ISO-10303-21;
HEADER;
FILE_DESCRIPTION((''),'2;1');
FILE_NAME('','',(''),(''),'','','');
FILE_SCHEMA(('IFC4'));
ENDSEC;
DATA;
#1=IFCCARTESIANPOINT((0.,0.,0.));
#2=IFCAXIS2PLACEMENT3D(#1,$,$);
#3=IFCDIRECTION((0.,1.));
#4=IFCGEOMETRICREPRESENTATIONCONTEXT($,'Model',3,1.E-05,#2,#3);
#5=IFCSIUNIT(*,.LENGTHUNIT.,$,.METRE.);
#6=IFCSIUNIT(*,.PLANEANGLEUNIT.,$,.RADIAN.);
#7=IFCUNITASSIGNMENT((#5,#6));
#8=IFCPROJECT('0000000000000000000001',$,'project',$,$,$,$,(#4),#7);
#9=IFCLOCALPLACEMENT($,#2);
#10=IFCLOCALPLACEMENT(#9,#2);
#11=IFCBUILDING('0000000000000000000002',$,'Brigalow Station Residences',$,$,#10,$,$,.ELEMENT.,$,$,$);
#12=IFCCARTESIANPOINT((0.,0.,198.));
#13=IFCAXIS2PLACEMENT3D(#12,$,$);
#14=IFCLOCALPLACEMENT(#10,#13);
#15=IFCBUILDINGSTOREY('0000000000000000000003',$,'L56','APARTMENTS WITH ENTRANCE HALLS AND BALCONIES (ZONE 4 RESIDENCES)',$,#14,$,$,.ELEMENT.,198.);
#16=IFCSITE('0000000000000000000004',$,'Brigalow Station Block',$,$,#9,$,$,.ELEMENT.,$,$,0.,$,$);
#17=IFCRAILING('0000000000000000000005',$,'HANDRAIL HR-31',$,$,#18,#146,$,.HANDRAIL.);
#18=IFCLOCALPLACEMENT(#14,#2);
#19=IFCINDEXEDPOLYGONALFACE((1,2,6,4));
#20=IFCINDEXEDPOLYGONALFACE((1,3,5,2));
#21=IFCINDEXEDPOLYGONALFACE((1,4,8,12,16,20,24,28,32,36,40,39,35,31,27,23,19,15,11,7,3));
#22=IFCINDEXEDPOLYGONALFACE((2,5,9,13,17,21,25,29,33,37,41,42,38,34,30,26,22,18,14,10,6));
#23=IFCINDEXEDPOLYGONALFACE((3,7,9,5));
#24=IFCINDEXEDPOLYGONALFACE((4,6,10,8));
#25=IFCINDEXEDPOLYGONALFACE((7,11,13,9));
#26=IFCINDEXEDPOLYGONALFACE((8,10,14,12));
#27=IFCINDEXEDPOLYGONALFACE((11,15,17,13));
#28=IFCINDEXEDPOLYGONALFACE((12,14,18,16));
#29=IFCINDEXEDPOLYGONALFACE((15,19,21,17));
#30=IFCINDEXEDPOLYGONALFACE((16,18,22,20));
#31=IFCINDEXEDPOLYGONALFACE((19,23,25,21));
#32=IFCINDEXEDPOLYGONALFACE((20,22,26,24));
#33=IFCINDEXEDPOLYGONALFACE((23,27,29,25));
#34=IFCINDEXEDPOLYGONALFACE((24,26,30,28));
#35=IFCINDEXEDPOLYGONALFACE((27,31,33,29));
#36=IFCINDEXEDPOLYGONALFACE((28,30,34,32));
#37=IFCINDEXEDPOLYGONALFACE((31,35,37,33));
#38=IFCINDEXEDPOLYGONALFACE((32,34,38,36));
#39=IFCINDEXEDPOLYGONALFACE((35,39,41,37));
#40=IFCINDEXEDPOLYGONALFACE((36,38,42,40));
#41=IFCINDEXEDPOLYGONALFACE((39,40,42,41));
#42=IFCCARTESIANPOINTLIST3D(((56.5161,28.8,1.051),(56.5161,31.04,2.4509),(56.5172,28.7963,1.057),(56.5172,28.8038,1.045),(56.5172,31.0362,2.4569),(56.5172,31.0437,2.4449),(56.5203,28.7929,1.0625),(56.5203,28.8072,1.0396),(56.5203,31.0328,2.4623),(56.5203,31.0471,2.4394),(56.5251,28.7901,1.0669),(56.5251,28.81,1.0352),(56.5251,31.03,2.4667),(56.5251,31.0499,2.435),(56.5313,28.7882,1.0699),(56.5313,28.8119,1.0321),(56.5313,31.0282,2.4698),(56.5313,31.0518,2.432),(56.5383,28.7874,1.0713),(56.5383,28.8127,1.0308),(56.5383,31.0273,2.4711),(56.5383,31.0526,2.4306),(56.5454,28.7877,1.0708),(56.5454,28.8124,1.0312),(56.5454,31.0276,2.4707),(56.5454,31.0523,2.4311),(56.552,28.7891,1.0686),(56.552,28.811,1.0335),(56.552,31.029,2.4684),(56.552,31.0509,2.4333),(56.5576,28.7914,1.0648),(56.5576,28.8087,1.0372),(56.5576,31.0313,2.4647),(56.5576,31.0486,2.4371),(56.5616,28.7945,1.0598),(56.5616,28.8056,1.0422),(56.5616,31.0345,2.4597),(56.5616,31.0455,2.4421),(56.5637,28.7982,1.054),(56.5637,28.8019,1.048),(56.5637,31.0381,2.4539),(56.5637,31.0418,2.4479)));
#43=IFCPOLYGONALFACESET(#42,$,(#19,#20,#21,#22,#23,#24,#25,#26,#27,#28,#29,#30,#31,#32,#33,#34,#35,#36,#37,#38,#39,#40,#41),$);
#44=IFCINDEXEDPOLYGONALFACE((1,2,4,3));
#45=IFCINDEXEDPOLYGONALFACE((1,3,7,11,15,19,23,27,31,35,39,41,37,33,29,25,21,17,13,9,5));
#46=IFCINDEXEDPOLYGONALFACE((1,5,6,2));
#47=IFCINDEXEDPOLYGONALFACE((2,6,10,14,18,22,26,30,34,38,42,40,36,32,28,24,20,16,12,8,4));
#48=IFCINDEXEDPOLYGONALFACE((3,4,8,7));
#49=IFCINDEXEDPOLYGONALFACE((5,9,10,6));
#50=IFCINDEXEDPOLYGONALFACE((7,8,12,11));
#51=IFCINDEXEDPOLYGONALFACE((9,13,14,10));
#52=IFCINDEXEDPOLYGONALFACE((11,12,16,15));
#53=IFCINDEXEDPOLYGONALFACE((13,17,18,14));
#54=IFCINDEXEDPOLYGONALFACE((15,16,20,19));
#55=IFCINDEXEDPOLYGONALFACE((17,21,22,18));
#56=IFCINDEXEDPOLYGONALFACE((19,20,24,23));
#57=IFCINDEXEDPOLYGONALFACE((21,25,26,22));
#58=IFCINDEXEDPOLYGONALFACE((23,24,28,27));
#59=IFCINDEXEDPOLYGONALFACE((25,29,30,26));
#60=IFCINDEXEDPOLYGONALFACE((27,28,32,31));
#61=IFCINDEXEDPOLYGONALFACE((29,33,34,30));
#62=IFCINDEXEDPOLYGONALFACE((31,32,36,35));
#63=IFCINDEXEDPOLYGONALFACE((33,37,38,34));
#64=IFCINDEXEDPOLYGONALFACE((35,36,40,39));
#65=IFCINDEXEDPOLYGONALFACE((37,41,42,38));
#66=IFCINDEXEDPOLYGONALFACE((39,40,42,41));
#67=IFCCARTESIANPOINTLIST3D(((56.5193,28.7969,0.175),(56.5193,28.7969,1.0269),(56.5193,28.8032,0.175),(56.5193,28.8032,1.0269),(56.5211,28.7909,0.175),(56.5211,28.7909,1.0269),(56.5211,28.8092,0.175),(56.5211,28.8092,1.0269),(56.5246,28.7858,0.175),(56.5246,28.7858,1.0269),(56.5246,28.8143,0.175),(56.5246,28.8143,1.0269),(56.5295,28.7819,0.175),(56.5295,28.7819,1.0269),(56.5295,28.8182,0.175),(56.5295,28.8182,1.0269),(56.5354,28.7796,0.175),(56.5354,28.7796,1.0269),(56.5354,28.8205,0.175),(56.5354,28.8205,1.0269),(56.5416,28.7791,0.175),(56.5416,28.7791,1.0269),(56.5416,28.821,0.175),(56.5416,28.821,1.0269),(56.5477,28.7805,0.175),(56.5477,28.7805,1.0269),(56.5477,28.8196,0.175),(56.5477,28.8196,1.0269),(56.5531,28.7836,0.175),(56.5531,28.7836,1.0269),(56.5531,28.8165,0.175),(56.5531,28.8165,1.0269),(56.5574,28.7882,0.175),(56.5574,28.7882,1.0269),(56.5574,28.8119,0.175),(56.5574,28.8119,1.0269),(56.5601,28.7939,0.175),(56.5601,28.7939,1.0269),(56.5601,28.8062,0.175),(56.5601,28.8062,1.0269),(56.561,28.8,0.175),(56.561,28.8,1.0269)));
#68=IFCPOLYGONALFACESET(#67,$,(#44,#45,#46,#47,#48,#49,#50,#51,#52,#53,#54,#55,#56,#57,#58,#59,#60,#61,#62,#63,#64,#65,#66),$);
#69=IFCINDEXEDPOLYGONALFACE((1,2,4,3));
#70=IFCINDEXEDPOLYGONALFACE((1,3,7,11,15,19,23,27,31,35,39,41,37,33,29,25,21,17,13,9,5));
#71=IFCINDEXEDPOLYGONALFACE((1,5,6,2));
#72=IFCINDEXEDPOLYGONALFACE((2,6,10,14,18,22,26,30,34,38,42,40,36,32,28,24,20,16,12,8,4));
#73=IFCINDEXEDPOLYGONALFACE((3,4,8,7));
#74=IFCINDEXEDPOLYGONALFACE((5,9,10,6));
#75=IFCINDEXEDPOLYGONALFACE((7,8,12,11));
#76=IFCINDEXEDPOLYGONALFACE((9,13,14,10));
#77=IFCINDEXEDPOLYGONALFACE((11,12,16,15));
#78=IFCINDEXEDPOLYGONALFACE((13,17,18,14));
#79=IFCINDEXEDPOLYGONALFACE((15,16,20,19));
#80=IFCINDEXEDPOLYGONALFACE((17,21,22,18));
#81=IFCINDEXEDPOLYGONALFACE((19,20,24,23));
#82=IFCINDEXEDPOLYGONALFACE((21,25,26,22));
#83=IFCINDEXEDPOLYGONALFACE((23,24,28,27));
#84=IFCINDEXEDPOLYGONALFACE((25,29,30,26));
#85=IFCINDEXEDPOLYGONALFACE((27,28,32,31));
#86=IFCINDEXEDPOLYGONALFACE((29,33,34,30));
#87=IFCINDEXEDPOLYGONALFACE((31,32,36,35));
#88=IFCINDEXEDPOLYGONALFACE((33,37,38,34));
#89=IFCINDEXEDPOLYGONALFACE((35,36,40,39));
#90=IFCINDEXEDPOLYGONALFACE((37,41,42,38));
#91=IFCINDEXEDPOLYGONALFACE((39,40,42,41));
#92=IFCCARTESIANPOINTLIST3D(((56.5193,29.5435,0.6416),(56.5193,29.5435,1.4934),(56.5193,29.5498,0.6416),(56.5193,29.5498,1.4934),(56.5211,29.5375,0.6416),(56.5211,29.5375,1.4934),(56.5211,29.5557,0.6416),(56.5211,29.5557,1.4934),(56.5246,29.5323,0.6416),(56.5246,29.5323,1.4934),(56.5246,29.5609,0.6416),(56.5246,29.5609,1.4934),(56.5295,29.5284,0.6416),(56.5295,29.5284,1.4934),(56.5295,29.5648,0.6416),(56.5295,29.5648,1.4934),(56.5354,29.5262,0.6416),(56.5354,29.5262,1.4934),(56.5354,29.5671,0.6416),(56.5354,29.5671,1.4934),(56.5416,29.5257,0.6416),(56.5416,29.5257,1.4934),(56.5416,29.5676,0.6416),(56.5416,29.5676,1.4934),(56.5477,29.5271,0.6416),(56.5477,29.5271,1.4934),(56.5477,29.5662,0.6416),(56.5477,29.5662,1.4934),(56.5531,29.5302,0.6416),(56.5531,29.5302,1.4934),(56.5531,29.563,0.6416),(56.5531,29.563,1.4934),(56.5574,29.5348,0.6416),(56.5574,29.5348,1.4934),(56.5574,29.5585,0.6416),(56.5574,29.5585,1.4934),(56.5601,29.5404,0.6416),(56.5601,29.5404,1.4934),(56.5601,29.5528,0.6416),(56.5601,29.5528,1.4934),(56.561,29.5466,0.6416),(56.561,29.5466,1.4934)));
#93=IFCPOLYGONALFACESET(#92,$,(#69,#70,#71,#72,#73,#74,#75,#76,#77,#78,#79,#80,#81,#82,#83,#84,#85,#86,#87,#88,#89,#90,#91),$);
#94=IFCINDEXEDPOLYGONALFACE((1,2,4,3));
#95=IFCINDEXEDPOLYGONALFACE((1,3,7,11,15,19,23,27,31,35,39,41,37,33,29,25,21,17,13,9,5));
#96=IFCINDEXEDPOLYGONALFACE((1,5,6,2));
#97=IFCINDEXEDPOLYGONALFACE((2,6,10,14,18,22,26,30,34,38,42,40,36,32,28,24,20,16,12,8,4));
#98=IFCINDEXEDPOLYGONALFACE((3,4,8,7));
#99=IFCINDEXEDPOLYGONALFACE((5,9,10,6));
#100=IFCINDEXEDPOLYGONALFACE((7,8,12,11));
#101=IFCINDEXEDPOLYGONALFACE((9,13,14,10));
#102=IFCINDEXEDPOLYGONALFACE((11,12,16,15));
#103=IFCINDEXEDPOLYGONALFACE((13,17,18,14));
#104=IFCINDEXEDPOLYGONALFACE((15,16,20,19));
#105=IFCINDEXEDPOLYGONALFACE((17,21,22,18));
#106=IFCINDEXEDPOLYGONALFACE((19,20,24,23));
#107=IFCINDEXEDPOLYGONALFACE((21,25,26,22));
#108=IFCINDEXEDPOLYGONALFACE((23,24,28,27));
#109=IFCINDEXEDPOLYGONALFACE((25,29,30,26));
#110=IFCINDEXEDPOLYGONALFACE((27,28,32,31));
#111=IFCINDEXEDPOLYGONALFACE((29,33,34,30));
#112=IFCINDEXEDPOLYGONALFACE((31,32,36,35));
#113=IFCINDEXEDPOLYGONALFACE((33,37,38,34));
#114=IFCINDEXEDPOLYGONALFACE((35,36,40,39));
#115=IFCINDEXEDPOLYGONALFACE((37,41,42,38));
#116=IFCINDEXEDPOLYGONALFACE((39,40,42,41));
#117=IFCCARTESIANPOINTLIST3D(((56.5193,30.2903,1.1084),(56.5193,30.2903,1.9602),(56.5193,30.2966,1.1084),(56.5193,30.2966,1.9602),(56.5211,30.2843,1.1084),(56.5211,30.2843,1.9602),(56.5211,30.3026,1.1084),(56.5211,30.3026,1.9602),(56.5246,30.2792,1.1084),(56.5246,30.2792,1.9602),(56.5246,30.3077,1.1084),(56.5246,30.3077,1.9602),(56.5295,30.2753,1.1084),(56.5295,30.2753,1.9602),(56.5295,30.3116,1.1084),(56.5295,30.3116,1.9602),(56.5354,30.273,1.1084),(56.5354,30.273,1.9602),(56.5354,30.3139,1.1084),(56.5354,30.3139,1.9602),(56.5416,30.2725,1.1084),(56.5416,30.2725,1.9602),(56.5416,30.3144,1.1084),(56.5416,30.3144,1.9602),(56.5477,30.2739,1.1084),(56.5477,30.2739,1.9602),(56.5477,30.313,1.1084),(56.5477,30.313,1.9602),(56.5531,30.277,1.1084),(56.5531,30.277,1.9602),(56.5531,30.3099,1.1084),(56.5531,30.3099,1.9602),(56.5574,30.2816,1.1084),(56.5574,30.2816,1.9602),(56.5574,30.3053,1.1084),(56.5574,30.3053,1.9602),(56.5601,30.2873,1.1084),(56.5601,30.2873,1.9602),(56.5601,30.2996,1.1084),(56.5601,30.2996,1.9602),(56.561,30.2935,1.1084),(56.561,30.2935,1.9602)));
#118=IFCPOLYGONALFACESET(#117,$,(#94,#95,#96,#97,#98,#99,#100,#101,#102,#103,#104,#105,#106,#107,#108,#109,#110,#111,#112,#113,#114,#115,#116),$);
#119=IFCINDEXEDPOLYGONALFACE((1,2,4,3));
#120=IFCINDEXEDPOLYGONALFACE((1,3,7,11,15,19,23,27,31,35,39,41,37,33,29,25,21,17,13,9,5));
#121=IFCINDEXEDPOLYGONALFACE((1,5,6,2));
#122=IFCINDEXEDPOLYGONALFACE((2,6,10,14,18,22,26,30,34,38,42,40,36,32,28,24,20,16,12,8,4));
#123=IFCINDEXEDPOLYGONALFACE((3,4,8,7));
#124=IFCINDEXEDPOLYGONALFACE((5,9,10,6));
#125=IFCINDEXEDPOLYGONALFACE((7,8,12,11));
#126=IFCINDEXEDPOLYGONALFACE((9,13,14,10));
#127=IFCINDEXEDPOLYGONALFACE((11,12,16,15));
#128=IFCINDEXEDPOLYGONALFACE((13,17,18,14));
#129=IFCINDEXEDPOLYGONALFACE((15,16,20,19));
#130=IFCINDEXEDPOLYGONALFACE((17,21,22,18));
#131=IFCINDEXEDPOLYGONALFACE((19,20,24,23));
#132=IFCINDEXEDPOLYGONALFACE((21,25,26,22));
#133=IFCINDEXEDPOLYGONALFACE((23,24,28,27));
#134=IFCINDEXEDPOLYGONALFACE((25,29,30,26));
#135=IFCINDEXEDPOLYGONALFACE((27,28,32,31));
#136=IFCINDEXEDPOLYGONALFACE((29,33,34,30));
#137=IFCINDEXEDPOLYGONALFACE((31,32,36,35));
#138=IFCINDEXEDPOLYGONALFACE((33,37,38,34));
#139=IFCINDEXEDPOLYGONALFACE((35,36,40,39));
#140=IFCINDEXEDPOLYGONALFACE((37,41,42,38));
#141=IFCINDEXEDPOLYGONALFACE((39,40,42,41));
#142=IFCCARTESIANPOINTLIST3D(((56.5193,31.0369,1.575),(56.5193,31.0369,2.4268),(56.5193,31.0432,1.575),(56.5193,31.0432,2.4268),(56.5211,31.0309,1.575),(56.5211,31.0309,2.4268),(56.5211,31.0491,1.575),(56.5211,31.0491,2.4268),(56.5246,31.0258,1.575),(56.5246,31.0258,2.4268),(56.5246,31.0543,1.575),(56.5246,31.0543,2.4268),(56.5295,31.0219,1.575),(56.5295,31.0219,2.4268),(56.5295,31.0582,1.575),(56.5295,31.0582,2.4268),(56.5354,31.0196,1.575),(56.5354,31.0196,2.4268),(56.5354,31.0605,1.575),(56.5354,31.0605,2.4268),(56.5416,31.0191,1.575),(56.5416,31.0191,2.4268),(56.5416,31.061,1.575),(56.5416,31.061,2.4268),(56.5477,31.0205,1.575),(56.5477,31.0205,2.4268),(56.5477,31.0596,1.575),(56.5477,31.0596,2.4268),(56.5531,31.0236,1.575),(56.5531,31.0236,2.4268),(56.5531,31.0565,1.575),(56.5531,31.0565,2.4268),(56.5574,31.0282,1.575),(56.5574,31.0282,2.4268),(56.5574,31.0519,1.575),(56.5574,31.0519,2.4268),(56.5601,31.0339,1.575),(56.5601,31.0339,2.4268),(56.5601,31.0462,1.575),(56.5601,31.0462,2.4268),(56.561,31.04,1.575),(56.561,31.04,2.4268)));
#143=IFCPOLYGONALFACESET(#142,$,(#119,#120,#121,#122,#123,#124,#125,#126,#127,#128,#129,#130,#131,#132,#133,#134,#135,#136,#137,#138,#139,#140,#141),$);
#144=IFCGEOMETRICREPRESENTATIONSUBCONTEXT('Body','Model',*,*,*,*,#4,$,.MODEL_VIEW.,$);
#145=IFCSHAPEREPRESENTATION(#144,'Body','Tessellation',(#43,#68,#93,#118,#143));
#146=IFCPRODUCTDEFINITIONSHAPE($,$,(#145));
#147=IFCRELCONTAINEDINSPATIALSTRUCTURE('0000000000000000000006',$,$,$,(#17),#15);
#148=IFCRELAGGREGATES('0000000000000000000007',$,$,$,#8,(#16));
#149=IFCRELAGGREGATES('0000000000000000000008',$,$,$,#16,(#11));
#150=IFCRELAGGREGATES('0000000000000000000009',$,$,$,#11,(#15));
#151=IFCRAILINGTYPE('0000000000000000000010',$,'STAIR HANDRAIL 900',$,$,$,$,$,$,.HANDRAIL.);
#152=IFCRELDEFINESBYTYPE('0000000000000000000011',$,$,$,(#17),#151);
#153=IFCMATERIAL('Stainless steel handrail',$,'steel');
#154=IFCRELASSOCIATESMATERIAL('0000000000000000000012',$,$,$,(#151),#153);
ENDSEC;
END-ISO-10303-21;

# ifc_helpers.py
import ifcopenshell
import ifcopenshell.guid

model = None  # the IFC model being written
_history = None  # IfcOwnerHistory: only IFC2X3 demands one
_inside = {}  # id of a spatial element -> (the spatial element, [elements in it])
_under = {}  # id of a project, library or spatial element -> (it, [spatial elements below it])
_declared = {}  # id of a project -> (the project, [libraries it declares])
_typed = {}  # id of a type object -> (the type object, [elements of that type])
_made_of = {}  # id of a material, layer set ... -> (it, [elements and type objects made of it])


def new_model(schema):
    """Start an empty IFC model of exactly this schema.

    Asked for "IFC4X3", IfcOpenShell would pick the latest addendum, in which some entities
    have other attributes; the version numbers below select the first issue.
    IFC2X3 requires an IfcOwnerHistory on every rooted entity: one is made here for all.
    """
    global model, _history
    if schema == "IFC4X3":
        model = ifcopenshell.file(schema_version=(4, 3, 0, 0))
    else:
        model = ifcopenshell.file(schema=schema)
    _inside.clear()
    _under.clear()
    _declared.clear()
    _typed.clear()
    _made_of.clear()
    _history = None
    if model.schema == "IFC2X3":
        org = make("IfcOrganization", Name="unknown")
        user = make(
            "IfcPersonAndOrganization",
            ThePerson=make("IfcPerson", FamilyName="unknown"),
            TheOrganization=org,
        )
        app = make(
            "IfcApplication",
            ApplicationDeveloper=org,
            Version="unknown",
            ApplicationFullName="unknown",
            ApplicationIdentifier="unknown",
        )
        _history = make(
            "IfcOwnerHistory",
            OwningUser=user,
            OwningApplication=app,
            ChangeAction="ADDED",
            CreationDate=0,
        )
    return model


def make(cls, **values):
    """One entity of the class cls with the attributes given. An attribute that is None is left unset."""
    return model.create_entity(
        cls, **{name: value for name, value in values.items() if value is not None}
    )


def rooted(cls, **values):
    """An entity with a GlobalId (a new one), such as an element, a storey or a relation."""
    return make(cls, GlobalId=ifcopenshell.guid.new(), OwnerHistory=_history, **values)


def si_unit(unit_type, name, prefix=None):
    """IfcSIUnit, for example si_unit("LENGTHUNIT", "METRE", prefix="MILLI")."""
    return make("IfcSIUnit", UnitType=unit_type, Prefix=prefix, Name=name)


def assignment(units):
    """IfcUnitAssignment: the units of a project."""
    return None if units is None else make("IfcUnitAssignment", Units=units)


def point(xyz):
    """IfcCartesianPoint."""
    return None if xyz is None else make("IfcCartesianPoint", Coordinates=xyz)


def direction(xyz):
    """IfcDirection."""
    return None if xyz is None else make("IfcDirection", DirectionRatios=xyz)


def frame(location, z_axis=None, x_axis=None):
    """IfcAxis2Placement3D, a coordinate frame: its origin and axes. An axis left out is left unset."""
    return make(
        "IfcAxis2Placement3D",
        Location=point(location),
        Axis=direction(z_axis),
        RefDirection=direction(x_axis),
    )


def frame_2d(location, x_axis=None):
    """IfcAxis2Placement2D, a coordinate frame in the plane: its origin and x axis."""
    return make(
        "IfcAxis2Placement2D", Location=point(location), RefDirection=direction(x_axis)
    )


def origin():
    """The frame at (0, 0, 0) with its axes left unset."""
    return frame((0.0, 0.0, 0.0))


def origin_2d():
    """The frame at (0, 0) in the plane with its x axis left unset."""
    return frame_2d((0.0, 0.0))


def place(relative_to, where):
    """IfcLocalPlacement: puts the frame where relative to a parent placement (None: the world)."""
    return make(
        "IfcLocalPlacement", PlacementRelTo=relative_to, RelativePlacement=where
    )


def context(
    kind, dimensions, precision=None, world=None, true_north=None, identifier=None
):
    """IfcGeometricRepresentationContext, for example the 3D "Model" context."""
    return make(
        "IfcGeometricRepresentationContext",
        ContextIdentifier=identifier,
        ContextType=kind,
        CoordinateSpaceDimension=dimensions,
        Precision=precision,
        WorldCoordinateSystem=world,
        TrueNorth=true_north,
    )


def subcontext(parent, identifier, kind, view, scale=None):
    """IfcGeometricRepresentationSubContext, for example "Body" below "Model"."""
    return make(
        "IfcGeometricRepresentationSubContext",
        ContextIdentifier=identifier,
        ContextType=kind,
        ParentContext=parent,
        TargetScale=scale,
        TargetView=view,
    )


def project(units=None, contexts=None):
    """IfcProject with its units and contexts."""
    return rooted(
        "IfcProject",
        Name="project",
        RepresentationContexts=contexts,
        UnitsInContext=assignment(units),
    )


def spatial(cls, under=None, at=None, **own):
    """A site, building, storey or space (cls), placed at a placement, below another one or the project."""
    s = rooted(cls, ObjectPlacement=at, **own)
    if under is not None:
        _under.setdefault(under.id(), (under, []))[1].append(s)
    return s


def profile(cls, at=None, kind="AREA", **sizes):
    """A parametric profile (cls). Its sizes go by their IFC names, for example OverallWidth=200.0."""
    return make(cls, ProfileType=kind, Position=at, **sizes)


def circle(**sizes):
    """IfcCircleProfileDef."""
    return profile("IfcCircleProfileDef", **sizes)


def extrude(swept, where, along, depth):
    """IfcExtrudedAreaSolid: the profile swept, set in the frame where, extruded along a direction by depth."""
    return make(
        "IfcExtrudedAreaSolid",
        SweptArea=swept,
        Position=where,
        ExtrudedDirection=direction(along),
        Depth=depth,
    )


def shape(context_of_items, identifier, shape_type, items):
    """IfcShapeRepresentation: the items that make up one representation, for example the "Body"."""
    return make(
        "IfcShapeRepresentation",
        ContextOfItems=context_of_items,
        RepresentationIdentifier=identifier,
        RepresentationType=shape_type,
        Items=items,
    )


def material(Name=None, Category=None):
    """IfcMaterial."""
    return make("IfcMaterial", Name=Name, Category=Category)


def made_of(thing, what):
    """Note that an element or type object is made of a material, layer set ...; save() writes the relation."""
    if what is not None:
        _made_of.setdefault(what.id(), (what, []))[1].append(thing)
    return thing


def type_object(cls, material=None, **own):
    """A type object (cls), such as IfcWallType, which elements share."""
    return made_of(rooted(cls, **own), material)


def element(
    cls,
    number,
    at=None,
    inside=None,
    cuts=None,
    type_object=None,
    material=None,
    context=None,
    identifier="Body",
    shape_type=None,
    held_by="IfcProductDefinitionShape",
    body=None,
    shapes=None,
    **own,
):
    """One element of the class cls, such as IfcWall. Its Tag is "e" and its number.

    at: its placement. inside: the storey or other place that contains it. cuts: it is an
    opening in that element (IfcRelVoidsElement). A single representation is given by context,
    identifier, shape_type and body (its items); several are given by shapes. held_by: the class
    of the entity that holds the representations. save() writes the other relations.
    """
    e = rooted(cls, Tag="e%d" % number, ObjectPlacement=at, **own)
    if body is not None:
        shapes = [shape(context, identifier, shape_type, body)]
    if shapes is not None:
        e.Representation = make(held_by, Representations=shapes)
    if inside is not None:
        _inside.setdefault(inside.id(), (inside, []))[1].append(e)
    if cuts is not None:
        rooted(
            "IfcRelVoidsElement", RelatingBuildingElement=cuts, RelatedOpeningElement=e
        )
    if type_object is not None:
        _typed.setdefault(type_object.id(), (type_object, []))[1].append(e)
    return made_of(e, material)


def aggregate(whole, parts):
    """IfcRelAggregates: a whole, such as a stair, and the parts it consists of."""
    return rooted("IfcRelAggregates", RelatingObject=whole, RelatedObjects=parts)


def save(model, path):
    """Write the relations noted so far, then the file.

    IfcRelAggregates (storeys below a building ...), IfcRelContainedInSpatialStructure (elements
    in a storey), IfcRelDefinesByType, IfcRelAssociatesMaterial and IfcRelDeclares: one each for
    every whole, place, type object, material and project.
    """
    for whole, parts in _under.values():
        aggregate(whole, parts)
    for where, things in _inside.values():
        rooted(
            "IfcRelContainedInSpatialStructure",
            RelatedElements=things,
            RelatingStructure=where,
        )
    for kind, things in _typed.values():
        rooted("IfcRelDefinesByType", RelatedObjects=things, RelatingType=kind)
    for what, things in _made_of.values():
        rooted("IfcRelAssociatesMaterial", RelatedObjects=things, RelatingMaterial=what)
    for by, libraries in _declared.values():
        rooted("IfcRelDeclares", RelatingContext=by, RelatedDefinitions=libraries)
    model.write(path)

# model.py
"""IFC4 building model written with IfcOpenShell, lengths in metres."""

from ifc_helpers import new_model, si_unit, direction, frame, origin, origin_2d, place, context, subcontext, project, spatial, circle, extrude, material, type_object, element, save


model = new_model("IFC4")

# Units and contexts
model_context = context("Model", 3, precision=1e-05, world=origin(), true_north=direction((0.0, 1.0)))
body_context = subcontext(model_context, "Body", "Model", "MODEL_VIEW")
ifc_project = project(units=[si_unit("LENGTHUNIT", "METRE"), si_unit("PLANEANGLEUNIT", "RADIAN")], contexts=[model_context])

# Site, building, storey
site_placement = place(None, origin())
site = spatial("IfcSite", under=ifc_project, at=site_placement, Name="Brigalow Station Block", CompositionType="ELEMENT", RefElevation=0.0)
building_placement = place(site_placement, origin())
building = spatial("IfcBuilding", under=site, at=building_placement, Name="Brigalow Station Residences", CompositionType="ELEMENT")
storey_placement = place(building_placement, frame((0.0, 0.0, 198.0)))
storey = spatial("IfcBuildingStorey", under=building, at=storey_placement, Name="L56", Description="APARTMENTS WITH ENTRANCE HALLS AND BALCONIES (ZONE 4 RESIDENCES)", CompositionType="ELEMENT", Elevation=198.0)

# Railing
ifc_material_1 = material(Name="Stainless steel handrail", Category="steel")
railing_type_1 = type_object("IfcRailingType", Name="STAIR HANDRAIL 900", PredefinedType="HANDRAIL", material=ifc_material_1)
railing_1_placement = place(storey_placement, frame((56.54, 28.8, 0.175)))
element("IfcRailing", 1, at=railing_1_placement, inside=storey, type_object=railing_type_1, Name="HANDRAIL HR-31", PredefinedType="HANDRAIL", context=body_context, shape_type="SweptSolid", body=[
    extrude(circle(Radius=0.0239, at=origin_2d()), frame((0.0, 0.0, 0.876), z_axis=(0.0, 0.848014, 0.529974), x_axis=(-1.0, 0.0, 0.0)), (0.0, 0.0, 1.0), 2.6414),
    extrude(circle(Radius=0.021, at=origin_2d()), origin(), (0.0, 0.0, 1.0), 0.8518),
    extrude(circle(Radius=0.021, at=origin_2d()), frame((0.0, 0.7466, 0.4666)), (0.0, 0.0, 1.0), 0.8518),
    extrude(circle(Radius=0.021, at=origin_2d()), frame((0.0, 1.4934, 0.9333)), (0.0, 0.0, 1.0), 0.8518),
    extrude(circle(Radius=0.021, at=origin_2d()), frame((0.0, 2.24, 1.3999)), (0.0, 0.0, 1.0), 0.8518),
])

save(model, "model.ifc")
